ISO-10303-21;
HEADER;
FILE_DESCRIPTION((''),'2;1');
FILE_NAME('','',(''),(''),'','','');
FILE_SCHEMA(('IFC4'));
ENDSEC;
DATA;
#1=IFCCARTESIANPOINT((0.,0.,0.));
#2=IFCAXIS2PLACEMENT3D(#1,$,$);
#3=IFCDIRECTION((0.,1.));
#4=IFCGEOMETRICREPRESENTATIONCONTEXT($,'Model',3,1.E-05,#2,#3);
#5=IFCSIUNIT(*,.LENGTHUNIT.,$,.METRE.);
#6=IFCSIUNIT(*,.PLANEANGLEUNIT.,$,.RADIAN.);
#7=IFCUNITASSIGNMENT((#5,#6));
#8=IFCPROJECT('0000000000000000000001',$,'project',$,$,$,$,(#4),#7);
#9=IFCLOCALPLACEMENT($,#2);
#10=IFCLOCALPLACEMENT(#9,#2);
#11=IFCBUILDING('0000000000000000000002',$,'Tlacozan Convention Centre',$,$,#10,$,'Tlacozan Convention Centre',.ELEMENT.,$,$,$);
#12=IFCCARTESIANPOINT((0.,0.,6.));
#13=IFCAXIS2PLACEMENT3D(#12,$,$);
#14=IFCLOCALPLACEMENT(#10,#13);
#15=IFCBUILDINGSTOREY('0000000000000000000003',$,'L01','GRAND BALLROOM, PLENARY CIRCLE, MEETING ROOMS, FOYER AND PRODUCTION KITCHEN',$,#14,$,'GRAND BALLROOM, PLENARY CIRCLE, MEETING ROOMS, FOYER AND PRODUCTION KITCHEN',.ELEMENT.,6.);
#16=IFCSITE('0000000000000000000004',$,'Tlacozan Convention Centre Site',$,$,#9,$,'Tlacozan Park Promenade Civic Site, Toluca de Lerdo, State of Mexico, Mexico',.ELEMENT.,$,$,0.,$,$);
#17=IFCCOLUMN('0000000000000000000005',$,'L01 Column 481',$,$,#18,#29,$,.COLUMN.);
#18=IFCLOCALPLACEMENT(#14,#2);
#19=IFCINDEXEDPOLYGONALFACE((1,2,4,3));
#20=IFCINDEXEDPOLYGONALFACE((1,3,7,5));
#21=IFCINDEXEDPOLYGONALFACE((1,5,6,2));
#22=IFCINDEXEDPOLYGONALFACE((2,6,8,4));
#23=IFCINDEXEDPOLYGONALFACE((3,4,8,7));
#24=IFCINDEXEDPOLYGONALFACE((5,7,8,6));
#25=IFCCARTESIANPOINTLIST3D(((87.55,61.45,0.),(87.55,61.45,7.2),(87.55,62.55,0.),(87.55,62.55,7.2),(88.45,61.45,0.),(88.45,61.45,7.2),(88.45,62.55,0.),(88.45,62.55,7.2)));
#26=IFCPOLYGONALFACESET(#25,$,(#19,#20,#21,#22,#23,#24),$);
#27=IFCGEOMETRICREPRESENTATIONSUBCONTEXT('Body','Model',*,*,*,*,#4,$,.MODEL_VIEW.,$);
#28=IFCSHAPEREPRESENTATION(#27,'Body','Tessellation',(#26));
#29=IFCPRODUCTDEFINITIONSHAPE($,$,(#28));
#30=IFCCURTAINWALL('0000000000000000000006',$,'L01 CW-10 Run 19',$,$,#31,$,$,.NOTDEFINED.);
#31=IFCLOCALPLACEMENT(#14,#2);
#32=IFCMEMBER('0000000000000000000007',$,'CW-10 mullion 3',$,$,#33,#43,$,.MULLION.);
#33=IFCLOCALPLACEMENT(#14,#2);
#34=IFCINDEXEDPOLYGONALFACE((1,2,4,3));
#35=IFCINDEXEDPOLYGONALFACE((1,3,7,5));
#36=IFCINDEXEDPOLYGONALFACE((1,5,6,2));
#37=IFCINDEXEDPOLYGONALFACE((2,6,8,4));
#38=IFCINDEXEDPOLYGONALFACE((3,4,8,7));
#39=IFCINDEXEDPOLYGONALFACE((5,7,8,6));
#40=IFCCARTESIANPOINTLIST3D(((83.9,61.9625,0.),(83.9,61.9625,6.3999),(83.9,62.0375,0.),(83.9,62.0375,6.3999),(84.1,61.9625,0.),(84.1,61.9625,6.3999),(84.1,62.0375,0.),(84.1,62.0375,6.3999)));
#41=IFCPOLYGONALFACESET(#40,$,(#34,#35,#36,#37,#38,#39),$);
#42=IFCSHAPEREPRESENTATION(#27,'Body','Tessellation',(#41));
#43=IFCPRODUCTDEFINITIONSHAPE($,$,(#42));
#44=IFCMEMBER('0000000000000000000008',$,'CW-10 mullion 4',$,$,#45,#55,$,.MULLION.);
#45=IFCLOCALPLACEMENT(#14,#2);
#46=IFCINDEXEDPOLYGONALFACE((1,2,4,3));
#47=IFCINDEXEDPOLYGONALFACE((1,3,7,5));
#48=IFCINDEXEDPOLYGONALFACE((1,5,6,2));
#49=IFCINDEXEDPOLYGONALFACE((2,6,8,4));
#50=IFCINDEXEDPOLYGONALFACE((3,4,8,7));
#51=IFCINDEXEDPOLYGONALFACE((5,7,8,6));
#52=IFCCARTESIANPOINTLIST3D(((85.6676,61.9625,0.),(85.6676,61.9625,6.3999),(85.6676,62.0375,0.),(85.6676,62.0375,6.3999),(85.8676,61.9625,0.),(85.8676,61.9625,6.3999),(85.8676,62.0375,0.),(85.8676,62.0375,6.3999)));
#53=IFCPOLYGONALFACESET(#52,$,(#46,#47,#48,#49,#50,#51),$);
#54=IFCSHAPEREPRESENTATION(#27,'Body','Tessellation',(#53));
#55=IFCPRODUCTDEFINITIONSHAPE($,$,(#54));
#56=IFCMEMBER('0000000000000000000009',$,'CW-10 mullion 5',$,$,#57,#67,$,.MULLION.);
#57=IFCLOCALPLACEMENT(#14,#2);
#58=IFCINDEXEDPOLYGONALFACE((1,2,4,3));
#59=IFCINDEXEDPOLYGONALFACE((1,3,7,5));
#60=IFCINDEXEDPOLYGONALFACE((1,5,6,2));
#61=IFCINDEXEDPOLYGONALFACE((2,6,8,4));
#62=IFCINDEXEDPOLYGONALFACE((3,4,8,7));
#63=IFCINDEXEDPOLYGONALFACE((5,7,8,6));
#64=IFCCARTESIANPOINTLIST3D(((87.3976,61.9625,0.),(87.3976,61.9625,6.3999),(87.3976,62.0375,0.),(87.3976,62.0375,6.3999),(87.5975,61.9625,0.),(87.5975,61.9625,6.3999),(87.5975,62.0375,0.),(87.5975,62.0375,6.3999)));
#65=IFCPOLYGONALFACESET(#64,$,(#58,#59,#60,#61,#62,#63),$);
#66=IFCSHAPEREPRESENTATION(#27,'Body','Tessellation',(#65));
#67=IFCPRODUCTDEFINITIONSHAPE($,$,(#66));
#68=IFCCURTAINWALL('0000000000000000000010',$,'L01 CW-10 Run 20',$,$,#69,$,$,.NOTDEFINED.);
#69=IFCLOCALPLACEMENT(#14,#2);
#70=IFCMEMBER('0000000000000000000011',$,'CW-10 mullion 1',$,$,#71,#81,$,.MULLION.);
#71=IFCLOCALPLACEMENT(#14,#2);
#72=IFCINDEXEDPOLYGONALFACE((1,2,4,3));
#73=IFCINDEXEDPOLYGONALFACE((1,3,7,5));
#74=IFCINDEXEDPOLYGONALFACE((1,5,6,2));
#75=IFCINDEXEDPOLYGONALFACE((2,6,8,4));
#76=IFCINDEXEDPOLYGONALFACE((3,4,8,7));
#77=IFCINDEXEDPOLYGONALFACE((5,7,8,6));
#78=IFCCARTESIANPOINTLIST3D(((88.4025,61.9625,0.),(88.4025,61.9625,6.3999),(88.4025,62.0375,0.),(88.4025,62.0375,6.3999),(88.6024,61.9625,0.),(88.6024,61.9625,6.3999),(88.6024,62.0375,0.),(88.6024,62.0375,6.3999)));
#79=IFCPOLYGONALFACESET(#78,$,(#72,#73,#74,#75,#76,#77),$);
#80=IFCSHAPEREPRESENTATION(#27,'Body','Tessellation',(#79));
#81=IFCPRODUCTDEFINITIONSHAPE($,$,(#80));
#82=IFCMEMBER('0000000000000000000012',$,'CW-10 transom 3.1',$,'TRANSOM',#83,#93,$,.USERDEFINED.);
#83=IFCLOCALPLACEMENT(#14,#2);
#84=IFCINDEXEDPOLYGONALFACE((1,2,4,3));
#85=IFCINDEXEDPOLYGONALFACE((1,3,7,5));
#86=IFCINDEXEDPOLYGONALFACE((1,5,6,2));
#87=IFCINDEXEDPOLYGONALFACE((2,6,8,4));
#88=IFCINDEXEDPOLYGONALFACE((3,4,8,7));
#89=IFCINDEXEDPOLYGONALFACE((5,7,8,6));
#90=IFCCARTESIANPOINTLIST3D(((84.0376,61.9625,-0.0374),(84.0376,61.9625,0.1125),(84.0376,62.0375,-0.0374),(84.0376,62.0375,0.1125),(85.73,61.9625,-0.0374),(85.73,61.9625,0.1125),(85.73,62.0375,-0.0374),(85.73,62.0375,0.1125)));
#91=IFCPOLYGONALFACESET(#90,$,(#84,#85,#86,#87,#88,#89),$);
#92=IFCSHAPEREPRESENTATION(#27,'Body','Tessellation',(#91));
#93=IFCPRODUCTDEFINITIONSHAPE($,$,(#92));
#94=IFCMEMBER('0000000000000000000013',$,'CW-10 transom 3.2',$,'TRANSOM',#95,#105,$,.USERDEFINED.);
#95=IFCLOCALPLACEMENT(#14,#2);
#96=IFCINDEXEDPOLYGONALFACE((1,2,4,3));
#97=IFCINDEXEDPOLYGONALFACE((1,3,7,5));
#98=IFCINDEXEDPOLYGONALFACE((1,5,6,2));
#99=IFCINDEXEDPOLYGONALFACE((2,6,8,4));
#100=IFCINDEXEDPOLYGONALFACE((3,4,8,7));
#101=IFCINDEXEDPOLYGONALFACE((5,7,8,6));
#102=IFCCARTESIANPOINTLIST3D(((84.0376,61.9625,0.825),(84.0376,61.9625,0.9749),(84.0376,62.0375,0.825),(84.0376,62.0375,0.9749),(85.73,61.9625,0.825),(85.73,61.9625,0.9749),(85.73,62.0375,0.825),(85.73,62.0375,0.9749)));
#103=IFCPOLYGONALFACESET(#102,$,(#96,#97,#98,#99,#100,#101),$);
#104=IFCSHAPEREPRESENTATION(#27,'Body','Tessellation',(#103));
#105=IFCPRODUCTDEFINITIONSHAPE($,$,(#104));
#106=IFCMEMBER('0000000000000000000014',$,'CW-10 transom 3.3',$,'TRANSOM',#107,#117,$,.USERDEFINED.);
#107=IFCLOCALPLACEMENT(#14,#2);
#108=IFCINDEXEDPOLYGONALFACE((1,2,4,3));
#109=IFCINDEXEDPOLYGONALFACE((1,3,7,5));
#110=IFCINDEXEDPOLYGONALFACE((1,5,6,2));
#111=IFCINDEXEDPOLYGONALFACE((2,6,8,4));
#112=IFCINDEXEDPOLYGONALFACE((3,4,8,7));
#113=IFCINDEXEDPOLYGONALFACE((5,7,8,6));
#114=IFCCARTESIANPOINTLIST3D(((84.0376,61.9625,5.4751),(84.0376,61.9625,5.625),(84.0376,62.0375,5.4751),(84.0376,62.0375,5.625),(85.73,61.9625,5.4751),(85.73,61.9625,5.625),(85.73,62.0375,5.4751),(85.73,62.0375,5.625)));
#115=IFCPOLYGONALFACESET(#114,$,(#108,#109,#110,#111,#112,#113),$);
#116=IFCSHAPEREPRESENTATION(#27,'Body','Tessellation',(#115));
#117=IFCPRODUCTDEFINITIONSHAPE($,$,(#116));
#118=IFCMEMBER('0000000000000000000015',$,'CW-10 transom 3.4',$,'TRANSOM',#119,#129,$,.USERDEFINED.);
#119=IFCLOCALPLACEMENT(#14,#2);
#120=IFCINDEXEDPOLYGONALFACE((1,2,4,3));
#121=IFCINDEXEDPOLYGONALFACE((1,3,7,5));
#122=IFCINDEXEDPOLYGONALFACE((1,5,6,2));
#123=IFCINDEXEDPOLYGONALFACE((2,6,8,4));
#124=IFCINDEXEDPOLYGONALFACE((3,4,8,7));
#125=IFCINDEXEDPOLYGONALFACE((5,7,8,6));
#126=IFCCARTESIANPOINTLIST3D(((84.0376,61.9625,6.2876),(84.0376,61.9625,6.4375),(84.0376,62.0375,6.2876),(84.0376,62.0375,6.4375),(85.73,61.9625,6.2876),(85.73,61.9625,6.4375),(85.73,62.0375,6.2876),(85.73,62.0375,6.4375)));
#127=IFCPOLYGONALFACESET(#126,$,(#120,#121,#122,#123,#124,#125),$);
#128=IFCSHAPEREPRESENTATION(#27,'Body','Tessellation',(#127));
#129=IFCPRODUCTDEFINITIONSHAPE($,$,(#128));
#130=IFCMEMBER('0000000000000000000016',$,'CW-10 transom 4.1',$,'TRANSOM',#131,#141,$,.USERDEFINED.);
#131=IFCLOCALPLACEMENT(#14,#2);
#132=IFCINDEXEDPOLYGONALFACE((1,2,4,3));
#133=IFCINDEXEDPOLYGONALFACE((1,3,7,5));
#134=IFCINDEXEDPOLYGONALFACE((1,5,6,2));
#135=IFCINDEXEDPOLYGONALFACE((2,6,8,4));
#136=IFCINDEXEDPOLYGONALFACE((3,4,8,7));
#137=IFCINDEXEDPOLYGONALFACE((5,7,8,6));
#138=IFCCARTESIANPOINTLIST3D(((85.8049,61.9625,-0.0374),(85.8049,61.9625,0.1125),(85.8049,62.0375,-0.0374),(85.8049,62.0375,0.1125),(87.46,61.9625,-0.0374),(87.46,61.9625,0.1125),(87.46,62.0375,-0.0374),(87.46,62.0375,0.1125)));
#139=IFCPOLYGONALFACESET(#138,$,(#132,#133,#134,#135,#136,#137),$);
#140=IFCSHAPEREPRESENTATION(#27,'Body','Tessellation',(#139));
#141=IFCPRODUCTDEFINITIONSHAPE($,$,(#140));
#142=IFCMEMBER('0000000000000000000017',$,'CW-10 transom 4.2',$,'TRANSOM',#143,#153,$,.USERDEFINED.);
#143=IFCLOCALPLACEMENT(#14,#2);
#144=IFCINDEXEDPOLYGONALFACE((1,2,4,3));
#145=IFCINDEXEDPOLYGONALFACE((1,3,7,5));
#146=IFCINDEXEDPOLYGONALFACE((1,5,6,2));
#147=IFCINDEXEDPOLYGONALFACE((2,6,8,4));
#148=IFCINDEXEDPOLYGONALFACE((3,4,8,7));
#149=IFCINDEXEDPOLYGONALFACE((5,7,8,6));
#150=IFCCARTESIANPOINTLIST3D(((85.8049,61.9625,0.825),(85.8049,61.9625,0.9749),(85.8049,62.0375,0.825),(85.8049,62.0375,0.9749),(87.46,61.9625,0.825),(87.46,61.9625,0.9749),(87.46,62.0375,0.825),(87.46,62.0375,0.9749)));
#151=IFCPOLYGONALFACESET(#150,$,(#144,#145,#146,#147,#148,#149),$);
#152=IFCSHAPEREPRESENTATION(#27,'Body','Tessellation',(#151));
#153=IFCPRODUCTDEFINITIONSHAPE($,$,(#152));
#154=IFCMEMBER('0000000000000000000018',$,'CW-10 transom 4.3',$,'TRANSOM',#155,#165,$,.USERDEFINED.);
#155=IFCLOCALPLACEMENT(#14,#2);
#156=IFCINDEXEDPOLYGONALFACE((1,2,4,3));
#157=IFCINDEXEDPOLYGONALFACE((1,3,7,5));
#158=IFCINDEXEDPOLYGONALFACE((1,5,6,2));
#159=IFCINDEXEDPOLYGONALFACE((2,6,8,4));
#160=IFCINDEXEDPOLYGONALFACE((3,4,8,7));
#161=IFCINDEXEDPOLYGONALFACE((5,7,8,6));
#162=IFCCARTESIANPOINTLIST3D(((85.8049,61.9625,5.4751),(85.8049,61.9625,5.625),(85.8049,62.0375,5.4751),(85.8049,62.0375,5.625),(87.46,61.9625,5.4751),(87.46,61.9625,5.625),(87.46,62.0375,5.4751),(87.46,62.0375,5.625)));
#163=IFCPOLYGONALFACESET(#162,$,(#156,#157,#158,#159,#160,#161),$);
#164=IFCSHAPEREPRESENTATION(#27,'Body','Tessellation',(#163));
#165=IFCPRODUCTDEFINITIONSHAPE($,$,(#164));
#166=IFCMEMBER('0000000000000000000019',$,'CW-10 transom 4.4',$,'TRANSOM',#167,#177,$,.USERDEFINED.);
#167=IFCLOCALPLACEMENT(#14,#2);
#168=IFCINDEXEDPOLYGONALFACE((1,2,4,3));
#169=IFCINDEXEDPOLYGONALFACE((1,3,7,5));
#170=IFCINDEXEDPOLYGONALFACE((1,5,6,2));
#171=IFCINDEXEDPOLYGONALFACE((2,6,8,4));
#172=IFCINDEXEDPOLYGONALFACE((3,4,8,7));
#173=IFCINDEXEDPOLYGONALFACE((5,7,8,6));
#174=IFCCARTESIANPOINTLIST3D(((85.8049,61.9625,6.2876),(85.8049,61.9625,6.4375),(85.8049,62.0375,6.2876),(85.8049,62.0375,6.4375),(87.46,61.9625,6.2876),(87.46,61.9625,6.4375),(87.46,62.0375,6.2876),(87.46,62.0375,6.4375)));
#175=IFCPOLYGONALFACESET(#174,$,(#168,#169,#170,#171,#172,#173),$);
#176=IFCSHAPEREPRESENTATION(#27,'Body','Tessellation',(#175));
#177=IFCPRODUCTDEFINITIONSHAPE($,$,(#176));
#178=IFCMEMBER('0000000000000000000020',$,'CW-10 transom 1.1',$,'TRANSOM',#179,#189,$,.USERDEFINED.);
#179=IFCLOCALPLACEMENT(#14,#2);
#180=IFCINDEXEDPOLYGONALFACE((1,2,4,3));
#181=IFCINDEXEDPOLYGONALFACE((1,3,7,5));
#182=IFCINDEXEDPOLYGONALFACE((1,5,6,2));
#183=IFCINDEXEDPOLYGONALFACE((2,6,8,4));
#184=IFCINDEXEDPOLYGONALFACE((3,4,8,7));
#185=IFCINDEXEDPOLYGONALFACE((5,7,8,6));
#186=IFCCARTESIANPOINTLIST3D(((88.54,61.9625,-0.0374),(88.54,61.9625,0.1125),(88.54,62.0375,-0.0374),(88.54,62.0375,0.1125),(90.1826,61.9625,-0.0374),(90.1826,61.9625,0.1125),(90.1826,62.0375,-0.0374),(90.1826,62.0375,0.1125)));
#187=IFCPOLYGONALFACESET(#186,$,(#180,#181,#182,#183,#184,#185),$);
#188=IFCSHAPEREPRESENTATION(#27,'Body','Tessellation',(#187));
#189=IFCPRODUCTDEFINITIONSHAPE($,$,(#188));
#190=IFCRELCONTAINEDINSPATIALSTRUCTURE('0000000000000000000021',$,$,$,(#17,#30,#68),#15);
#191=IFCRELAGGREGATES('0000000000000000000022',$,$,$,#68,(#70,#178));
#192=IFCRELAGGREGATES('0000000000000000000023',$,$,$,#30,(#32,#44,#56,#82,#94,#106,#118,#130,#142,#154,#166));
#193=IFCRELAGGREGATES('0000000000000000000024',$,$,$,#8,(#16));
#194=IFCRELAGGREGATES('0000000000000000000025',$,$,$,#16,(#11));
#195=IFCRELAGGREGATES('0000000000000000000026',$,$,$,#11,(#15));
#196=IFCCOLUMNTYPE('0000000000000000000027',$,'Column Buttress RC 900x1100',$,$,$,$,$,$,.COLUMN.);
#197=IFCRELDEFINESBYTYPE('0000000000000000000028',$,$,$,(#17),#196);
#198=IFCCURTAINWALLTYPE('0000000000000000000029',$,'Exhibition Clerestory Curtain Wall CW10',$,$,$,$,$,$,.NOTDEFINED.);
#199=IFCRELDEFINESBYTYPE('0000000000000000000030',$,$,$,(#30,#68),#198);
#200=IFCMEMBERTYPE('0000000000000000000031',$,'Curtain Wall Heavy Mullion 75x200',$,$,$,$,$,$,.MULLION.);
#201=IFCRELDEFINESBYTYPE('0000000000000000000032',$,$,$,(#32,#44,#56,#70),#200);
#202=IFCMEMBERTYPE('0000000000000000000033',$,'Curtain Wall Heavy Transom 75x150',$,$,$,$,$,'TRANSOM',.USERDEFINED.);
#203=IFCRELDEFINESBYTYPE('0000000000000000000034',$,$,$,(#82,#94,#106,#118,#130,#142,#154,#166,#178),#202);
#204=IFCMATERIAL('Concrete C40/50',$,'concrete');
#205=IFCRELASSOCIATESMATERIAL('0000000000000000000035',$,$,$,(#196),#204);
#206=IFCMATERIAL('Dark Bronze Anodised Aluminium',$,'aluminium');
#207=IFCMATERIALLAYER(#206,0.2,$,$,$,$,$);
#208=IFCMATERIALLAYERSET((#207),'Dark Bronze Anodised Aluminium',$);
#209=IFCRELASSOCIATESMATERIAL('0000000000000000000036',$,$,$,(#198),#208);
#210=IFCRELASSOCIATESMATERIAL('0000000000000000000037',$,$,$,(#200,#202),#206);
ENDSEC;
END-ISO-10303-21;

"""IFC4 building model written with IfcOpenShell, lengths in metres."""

from ifc_helpers import new_model, si_unit, direction, frame, origin, origin_2d, place, context, subcontext, project, spatial, rectangle, extrude, material, layer, layer_set, material_profile, profile_set, type_object, element, aggregate, save


model = new_model("IFC4")

# Units and contexts
model_context = context("Model", 3, precision=1e-05, world=origin(), true_north=direction((0.0, 1.0)))
body_context = subcontext(model_context, "Body", "Model", "MODEL_VIEW")
ifc_project = project(units=[si_unit("LENGTHUNIT", "METRE"), si_unit("PLANEANGLEUNIT", "RADIAN")], contexts=[model_context])

# Site, building, storey
site_placement = place(None, origin())
site = spatial("IfcSite", under=ifc_project, at=site_placement, Name="Tlacozan Convention Centre Site", LongName="Tlacozan Park Promenade Civic Site, Toluca de Lerdo, State of Mexico, Mexico", CompositionType="ELEMENT", RefElevation=0.0)
building_placement = place(site_placement, origin())
building = spatial("IfcBuilding", under=site, at=building_placement, Name="Tlacozan Convention Centre", LongName="Tlacozan Convention Centre", CompositionType="ELEMENT")
storey_placement = place(building_placement, frame((0.0, 0.0, 6.0)))
storey = spatial("IfcBuildingStorey", under=building, at=storey_placement, Name="L01", Description="GRAND BALLROOM, PLENARY CIRCLE, MEETING ROOMS, FOYER AND PRODUCTION KITCHEN", LongName="GRAND BALLROOM, PLENARY CIRCLE, MEETING ROOMS, FOYER AND PRODUCTION KITCHEN", CompositionType="ELEMENT", Elevation=6.0)

# Column
ifc_material_1 = material(Name="Concrete C40/50", Category="concrete")
ifc_material_profile_1 = material_profile(ifc_material_1, rectangle(XDim=0.8999, YDim=1.1001, at=origin_2d()), Name="RC 900x1100")
ifc_profile_set_1 = profile_set([ifc_material_profile_1], Name="Concrete C40/50")
column_type = type_object("IfcColumnType", Name="Column Buttress RC 900x1100", PredefinedType="COLUMN", material=ifc_profile_set_1)
column_placement = place(storey_placement, frame((88.0, 62.0, 0.0), z_axis=(0.0, 0.0, 1.0), x_axis=(1.0, 0.0, 0.0)))
element("IfcColumn", 1, at=column_placement, inside=storey, type_object=column_type, Name="L01 Column 481", PredefinedType="COLUMN", context=body_context, shape_type="SweptSolid", body=[
    extrude(rectangle(XDim=0.8999, YDim=1.1001, at=origin_2d()), origin(), (0.0, 0.0, 1.0), 7.2),
])

# Curtain wall, members
ifc_material_2 = material(Name="Dark Bronze Anodised Aluminium", Category="aluminium")
ifc_layer_1 = layer(ifc_material_2, 0.2)
ifc_layer_set_1 = layer_set([ifc_layer_1], Name="Dark Bronze Anodised Aluminium")
curtain_wall_type = type_object("IfcCurtainWallType", Name="Exhibition Clerestory Curtain Wall CW10", PredefinedType="NOTDEFINED", material=ifc_layer_set_1)
curtain_wall_1_placement = place(storey_placement, origin())
curtain_wall_1 = element("IfcCurtainWall", 2, at=curtain_wall_1_placement, inside=storey, type_object=curtain_wall_type, Name="L01 CW-10 Run 19", PredefinedType="NOTDEFINED")
ifc_material_profile_2 = material_profile(ifc_material_2, rectangle(XDim=0.075, YDim=0.2, at=origin_2d()), Name="ALU 75x200")
ifc_profile_set_2 = profile_set([ifc_material_profile_2], Name="Dark Bronze Anodised Aluminium")
member_type_1 = type_object("IfcMemberType", Name="Curtain Wall Heavy Mullion 75x200", PredefinedType="MULLION", material=ifc_profile_set_2)
member_1_placement = place(storey_placement, frame((84.0, 62.0, 0.0), z_axis=(0.0, 0.0, 1.0), x_axis=(0.0, 1.0, 0.0)))
member_1 = element("IfcMember", 3, at=member_1_placement, type_object=member_type_1, Name="CW-10 mullion 3", PredefinedType="MULLION", context=body_context, shape_type="SweptSolid", body=[
    extrude(rectangle(XDim=0.075, YDim=0.2, at=origin_2d()), origin(), (0.0, 0.0, 1.0), 6.3999),
])
member_2_placement = place(storey_placement, frame((85.7676, 62.0, 0.0), z_axis=(0.0, 0.0, 1.0), x_axis=(0.0, 1.0, 0.0)))
member_2 = element("IfcMember", 4, at=member_2_placement, type_object=member_type_1, Name="CW-10 mullion 4", PredefinedType="MULLION", context=body_context, shape_type="SweptSolid", body=[
    extrude(rectangle(XDim=0.075, YDim=0.2, at=origin_2d()), origin(), (0.0, 0.0, 1.0), 6.3999),
])
member_3_placement = place(storey_placement, frame((87.4976, 62.0, 0.0), z_axis=(0.0, 0.0, 1.0), x_axis=(0.0, 1.0, 0.0)))
member_3 = element("IfcMember", 5, at=member_3_placement, type_object=member_type_1, Name="CW-10 mullion 5", PredefinedType="MULLION", context=body_context, shape_type="SweptSolid", body=[
    extrude(rectangle(XDim=0.075, YDim=0.2, at=origin_2d()), origin(), (0.0, 0.0, 1.0), 6.3999),
])

# Curtain wall, member
curtain_wall_2_placement = place(storey_placement, origin())
curtain_wall_2 = element("IfcCurtainWall", 6, at=curtain_wall_2_placement, inside=storey, type_object=curtain_wall_type, Name="L01 CW-10 Run 20", PredefinedType="NOTDEFINED")
member_4_placement = place(storey_placement, frame((88.5024, 62.0, 0.0), z_axis=(0.0, 0.0, 1.0), x_axis=(0.0, 1.0, 0.0)))
member_4 = element("IfcMember", 7, at=member_4_placement, type_object=member_type_1, Name="CW-10 mullion 1", PredefinedType="MULLION", context=body_context, shape_type="SweptSolid", body=[
    extrude(rectangle(XDim=0.075, YDim=0.2, at=origin_2d()), origin(), (0.0, 0.0, 1.0), 6.3999),
])

# Members
ifc_material_profile_3 = material_profile(ifc_material_2, rectangle(XDim=0.075, YDim=0.1499, at=origin_2d()), Name="ALU 75x150")
ifc_profile_set_3 = profile_set([ifc_material_profile_3], Name="Dark Bronze Anodised Aluminium")
member_type_2 = type_object("IfcMemberType", Name="Curtain Wall Heavy Transom 75x150", ElementType="TRANSOM", PredefinedType="USERDEFINED", material=ifc_profile_set_3)
member_5_placement = place(storey_placement, frame((84.0376, 62.0, 0.0376), z_axis=(1.0, 0.0, 0.0), x_axis=(0.0, 1.0, 0.0)))
member_5 = element("IfcMember", 8, at=member_5_placement, type_object=member_type_2, Name="CW-10 transom 3.1", ObjectType="TRANSOM", PredefinedType="USERDEFINED", context=body_context, shape_type="SweptSolid", body=[
    extrude(rectangle(XDim=0.075, YDim=0.1499, at=origin_2d()), origin(), (0.0, 0.0, 1.0), 1.6924),
])
member_6_placement = place(storey_placement, frame((84.0376, 62.0, 0.8999), z_axis=(1.0, 0.0, 0.0), x_axis=(0.0, 1.0, 0.0)))
member_6 = element("IfcMember", 9, at=member_6_placement, type_object=member_type_2, Name="CW-10 transom 3.2", ObjectType="TRANSOM", PredefinedType="USERDEFINED", context=body_context, shape_type="SweptSolid", body=[
    extrude(rectangle(XDim=0.075, YDim=0.1499, at=origin_2d()), origin(), (0.0, 0.0, 1.0), 1.6924),
])
member_7_placement = place(storey_placement, frame((84.0376, 62.0, 5.55), z_axis=(1.0, 0.0, 0.0), x_axis=(0.0, 1.0, 0.0)))
member_7 = element("IfcMember", 10, at=member_7_placement, type_object=member_type_2, Name="CW-10 transom 3.3", ObjectType="TRANSOM", PredefinedType="USERDEFINED", context=body_context, shape_type="SweptSolid", body=[
    extrude(rectangle(XDim=0.075, YDim=0.1499, at=origin_2d()), origin(), (0.0, 0.0, 1.0), 1.6924),
])
member_8_placement = place(storey_placement, frame((84.0376, 62.0, 6.3625), z_axis=(1.0, 0.0, 0.0), x_axis=(0.0, 1.0, 0.0)))
member_8 = element("IfcMember", 11, at=member_8_placement, type_object=member_type_2, Name="CW-10 transom 3.4", ObjectType="TRANSOM", PredefinedType="USERDEFINED", context=body_context, shape_type="SweptSolid", body=[
    extrude(rectangle(XDim=0.075, YDim=0.1499, at=origin_2d()), origin(), (0.0, 0.0, 1.0), 1.6924),
])
member_9_placement = place(storey_placement, frame((85.8049, 62.0, 0.0376), z_axis=(1.0, 0.0, 0.0), x_axis=(0.0, 1.0, 0.0)))
member_9 = element("IfcMember", 12, at=member_9_placement, type_object=member_type_2, Name="CW-10 transom 4.1", ObjectType="TRANSOM", PredefinedType="USERDEFINED", context=body_context, shape_type="SweptSolid", body=[
    extrude(rectangle(XDim=0.075, YDim=0.1499, at=origin_2d()), origin(), (0.0, 0.0, 1.0), 1.655),
])
member_10_placement = place(storey_placement, frame((85.8049, 62.0, 0.8999), z_axis=(1.0, 0.0, 0.0), x_axis=(0.0, 1.0, 0.0)))
member_10 = element("IfcMember", 13, at=member_10_placement, type_object=member_type_2, Name="CW-10 transom 4.2", ObjectType="TRANSOM", PredefinedType="USERDEFINED", context=body_context, shape_type="SweptSolid", body=[
    extrude(rectangle(XDim=0.075, YDim=0.1499, at=origin_2d()), origin(), (0.0, 0.0, 1.0), 1.655),
])
member_11_placement = place(storey_placement, frame((85.8049, 62.0, 5.55), z_axis=(1.0, 0.0, 0.0), x_axis=(0.0, 1.0, 0.0)))
member_11 = element("IfcMember", 14, at=member_11_placement, type_object=member_type_2, Name="CW-10 transom 4.3", ObjectType="TRANSOM", PredefinedType="USERDEFINED", context=body_context, shape_type="SweptSolid", body=[
    extrude(rectangle(XDim=0.075, YDim=0.1499, at=origin_2d()), origin(), (0.0, 0.0, 1.0), 1.655),
])
member_12_placement = place(storey_placement, frame((85.8049, 62.0, 6.3625), z_axis=(1.0, 0.0, 0.0), x_axis=(0.0, 1.0, 0.0)))
member_12 = element("IfcMember", 15, at=member_12_placement, type_object=member_type_2, Name="CW-10 transom 4.4", ObjectType="TRANSOM", PredefinedType="USERDEFINED", context=body_context, shape_type="SweptSolid", body=[
    extrude(rectangle(XDim=0.075, YDim=0.1499, at=origin_2d()), origin(), (0.0, 0.0, 1.0), 1.655),
])
member_13_placement = place(storey_placement, frame((88.54, 62.0, 0.0376), z_axis=(1.0, 0.0, 0.0), x_axis=(0.0, 1.0, 0.0)))
member_13 = element("IfcMember", 16, at=member_13_placement, type_object=member_type_2, Name="CW-10 transom 1.1", ObjectType="TRANSOM", PredefinedType="USERDEFINED", context=body_context, shape_type="SweptSolid", body=[
    extrude(rectangle(XDim=0.075, YDim=0.1499, at=origin_2d()), origin(), (0.0, 0.0, 1.0), 1.6426),
])
aggregate(curtain_wall_2, [member_4, member_13])

aggregate(curtain_wall_1, [member_1, member_2, member_3, member_5, member_6, member_7, member_8, member_9, member_10, member_11, member_12])

save(model, "model.ifc")
